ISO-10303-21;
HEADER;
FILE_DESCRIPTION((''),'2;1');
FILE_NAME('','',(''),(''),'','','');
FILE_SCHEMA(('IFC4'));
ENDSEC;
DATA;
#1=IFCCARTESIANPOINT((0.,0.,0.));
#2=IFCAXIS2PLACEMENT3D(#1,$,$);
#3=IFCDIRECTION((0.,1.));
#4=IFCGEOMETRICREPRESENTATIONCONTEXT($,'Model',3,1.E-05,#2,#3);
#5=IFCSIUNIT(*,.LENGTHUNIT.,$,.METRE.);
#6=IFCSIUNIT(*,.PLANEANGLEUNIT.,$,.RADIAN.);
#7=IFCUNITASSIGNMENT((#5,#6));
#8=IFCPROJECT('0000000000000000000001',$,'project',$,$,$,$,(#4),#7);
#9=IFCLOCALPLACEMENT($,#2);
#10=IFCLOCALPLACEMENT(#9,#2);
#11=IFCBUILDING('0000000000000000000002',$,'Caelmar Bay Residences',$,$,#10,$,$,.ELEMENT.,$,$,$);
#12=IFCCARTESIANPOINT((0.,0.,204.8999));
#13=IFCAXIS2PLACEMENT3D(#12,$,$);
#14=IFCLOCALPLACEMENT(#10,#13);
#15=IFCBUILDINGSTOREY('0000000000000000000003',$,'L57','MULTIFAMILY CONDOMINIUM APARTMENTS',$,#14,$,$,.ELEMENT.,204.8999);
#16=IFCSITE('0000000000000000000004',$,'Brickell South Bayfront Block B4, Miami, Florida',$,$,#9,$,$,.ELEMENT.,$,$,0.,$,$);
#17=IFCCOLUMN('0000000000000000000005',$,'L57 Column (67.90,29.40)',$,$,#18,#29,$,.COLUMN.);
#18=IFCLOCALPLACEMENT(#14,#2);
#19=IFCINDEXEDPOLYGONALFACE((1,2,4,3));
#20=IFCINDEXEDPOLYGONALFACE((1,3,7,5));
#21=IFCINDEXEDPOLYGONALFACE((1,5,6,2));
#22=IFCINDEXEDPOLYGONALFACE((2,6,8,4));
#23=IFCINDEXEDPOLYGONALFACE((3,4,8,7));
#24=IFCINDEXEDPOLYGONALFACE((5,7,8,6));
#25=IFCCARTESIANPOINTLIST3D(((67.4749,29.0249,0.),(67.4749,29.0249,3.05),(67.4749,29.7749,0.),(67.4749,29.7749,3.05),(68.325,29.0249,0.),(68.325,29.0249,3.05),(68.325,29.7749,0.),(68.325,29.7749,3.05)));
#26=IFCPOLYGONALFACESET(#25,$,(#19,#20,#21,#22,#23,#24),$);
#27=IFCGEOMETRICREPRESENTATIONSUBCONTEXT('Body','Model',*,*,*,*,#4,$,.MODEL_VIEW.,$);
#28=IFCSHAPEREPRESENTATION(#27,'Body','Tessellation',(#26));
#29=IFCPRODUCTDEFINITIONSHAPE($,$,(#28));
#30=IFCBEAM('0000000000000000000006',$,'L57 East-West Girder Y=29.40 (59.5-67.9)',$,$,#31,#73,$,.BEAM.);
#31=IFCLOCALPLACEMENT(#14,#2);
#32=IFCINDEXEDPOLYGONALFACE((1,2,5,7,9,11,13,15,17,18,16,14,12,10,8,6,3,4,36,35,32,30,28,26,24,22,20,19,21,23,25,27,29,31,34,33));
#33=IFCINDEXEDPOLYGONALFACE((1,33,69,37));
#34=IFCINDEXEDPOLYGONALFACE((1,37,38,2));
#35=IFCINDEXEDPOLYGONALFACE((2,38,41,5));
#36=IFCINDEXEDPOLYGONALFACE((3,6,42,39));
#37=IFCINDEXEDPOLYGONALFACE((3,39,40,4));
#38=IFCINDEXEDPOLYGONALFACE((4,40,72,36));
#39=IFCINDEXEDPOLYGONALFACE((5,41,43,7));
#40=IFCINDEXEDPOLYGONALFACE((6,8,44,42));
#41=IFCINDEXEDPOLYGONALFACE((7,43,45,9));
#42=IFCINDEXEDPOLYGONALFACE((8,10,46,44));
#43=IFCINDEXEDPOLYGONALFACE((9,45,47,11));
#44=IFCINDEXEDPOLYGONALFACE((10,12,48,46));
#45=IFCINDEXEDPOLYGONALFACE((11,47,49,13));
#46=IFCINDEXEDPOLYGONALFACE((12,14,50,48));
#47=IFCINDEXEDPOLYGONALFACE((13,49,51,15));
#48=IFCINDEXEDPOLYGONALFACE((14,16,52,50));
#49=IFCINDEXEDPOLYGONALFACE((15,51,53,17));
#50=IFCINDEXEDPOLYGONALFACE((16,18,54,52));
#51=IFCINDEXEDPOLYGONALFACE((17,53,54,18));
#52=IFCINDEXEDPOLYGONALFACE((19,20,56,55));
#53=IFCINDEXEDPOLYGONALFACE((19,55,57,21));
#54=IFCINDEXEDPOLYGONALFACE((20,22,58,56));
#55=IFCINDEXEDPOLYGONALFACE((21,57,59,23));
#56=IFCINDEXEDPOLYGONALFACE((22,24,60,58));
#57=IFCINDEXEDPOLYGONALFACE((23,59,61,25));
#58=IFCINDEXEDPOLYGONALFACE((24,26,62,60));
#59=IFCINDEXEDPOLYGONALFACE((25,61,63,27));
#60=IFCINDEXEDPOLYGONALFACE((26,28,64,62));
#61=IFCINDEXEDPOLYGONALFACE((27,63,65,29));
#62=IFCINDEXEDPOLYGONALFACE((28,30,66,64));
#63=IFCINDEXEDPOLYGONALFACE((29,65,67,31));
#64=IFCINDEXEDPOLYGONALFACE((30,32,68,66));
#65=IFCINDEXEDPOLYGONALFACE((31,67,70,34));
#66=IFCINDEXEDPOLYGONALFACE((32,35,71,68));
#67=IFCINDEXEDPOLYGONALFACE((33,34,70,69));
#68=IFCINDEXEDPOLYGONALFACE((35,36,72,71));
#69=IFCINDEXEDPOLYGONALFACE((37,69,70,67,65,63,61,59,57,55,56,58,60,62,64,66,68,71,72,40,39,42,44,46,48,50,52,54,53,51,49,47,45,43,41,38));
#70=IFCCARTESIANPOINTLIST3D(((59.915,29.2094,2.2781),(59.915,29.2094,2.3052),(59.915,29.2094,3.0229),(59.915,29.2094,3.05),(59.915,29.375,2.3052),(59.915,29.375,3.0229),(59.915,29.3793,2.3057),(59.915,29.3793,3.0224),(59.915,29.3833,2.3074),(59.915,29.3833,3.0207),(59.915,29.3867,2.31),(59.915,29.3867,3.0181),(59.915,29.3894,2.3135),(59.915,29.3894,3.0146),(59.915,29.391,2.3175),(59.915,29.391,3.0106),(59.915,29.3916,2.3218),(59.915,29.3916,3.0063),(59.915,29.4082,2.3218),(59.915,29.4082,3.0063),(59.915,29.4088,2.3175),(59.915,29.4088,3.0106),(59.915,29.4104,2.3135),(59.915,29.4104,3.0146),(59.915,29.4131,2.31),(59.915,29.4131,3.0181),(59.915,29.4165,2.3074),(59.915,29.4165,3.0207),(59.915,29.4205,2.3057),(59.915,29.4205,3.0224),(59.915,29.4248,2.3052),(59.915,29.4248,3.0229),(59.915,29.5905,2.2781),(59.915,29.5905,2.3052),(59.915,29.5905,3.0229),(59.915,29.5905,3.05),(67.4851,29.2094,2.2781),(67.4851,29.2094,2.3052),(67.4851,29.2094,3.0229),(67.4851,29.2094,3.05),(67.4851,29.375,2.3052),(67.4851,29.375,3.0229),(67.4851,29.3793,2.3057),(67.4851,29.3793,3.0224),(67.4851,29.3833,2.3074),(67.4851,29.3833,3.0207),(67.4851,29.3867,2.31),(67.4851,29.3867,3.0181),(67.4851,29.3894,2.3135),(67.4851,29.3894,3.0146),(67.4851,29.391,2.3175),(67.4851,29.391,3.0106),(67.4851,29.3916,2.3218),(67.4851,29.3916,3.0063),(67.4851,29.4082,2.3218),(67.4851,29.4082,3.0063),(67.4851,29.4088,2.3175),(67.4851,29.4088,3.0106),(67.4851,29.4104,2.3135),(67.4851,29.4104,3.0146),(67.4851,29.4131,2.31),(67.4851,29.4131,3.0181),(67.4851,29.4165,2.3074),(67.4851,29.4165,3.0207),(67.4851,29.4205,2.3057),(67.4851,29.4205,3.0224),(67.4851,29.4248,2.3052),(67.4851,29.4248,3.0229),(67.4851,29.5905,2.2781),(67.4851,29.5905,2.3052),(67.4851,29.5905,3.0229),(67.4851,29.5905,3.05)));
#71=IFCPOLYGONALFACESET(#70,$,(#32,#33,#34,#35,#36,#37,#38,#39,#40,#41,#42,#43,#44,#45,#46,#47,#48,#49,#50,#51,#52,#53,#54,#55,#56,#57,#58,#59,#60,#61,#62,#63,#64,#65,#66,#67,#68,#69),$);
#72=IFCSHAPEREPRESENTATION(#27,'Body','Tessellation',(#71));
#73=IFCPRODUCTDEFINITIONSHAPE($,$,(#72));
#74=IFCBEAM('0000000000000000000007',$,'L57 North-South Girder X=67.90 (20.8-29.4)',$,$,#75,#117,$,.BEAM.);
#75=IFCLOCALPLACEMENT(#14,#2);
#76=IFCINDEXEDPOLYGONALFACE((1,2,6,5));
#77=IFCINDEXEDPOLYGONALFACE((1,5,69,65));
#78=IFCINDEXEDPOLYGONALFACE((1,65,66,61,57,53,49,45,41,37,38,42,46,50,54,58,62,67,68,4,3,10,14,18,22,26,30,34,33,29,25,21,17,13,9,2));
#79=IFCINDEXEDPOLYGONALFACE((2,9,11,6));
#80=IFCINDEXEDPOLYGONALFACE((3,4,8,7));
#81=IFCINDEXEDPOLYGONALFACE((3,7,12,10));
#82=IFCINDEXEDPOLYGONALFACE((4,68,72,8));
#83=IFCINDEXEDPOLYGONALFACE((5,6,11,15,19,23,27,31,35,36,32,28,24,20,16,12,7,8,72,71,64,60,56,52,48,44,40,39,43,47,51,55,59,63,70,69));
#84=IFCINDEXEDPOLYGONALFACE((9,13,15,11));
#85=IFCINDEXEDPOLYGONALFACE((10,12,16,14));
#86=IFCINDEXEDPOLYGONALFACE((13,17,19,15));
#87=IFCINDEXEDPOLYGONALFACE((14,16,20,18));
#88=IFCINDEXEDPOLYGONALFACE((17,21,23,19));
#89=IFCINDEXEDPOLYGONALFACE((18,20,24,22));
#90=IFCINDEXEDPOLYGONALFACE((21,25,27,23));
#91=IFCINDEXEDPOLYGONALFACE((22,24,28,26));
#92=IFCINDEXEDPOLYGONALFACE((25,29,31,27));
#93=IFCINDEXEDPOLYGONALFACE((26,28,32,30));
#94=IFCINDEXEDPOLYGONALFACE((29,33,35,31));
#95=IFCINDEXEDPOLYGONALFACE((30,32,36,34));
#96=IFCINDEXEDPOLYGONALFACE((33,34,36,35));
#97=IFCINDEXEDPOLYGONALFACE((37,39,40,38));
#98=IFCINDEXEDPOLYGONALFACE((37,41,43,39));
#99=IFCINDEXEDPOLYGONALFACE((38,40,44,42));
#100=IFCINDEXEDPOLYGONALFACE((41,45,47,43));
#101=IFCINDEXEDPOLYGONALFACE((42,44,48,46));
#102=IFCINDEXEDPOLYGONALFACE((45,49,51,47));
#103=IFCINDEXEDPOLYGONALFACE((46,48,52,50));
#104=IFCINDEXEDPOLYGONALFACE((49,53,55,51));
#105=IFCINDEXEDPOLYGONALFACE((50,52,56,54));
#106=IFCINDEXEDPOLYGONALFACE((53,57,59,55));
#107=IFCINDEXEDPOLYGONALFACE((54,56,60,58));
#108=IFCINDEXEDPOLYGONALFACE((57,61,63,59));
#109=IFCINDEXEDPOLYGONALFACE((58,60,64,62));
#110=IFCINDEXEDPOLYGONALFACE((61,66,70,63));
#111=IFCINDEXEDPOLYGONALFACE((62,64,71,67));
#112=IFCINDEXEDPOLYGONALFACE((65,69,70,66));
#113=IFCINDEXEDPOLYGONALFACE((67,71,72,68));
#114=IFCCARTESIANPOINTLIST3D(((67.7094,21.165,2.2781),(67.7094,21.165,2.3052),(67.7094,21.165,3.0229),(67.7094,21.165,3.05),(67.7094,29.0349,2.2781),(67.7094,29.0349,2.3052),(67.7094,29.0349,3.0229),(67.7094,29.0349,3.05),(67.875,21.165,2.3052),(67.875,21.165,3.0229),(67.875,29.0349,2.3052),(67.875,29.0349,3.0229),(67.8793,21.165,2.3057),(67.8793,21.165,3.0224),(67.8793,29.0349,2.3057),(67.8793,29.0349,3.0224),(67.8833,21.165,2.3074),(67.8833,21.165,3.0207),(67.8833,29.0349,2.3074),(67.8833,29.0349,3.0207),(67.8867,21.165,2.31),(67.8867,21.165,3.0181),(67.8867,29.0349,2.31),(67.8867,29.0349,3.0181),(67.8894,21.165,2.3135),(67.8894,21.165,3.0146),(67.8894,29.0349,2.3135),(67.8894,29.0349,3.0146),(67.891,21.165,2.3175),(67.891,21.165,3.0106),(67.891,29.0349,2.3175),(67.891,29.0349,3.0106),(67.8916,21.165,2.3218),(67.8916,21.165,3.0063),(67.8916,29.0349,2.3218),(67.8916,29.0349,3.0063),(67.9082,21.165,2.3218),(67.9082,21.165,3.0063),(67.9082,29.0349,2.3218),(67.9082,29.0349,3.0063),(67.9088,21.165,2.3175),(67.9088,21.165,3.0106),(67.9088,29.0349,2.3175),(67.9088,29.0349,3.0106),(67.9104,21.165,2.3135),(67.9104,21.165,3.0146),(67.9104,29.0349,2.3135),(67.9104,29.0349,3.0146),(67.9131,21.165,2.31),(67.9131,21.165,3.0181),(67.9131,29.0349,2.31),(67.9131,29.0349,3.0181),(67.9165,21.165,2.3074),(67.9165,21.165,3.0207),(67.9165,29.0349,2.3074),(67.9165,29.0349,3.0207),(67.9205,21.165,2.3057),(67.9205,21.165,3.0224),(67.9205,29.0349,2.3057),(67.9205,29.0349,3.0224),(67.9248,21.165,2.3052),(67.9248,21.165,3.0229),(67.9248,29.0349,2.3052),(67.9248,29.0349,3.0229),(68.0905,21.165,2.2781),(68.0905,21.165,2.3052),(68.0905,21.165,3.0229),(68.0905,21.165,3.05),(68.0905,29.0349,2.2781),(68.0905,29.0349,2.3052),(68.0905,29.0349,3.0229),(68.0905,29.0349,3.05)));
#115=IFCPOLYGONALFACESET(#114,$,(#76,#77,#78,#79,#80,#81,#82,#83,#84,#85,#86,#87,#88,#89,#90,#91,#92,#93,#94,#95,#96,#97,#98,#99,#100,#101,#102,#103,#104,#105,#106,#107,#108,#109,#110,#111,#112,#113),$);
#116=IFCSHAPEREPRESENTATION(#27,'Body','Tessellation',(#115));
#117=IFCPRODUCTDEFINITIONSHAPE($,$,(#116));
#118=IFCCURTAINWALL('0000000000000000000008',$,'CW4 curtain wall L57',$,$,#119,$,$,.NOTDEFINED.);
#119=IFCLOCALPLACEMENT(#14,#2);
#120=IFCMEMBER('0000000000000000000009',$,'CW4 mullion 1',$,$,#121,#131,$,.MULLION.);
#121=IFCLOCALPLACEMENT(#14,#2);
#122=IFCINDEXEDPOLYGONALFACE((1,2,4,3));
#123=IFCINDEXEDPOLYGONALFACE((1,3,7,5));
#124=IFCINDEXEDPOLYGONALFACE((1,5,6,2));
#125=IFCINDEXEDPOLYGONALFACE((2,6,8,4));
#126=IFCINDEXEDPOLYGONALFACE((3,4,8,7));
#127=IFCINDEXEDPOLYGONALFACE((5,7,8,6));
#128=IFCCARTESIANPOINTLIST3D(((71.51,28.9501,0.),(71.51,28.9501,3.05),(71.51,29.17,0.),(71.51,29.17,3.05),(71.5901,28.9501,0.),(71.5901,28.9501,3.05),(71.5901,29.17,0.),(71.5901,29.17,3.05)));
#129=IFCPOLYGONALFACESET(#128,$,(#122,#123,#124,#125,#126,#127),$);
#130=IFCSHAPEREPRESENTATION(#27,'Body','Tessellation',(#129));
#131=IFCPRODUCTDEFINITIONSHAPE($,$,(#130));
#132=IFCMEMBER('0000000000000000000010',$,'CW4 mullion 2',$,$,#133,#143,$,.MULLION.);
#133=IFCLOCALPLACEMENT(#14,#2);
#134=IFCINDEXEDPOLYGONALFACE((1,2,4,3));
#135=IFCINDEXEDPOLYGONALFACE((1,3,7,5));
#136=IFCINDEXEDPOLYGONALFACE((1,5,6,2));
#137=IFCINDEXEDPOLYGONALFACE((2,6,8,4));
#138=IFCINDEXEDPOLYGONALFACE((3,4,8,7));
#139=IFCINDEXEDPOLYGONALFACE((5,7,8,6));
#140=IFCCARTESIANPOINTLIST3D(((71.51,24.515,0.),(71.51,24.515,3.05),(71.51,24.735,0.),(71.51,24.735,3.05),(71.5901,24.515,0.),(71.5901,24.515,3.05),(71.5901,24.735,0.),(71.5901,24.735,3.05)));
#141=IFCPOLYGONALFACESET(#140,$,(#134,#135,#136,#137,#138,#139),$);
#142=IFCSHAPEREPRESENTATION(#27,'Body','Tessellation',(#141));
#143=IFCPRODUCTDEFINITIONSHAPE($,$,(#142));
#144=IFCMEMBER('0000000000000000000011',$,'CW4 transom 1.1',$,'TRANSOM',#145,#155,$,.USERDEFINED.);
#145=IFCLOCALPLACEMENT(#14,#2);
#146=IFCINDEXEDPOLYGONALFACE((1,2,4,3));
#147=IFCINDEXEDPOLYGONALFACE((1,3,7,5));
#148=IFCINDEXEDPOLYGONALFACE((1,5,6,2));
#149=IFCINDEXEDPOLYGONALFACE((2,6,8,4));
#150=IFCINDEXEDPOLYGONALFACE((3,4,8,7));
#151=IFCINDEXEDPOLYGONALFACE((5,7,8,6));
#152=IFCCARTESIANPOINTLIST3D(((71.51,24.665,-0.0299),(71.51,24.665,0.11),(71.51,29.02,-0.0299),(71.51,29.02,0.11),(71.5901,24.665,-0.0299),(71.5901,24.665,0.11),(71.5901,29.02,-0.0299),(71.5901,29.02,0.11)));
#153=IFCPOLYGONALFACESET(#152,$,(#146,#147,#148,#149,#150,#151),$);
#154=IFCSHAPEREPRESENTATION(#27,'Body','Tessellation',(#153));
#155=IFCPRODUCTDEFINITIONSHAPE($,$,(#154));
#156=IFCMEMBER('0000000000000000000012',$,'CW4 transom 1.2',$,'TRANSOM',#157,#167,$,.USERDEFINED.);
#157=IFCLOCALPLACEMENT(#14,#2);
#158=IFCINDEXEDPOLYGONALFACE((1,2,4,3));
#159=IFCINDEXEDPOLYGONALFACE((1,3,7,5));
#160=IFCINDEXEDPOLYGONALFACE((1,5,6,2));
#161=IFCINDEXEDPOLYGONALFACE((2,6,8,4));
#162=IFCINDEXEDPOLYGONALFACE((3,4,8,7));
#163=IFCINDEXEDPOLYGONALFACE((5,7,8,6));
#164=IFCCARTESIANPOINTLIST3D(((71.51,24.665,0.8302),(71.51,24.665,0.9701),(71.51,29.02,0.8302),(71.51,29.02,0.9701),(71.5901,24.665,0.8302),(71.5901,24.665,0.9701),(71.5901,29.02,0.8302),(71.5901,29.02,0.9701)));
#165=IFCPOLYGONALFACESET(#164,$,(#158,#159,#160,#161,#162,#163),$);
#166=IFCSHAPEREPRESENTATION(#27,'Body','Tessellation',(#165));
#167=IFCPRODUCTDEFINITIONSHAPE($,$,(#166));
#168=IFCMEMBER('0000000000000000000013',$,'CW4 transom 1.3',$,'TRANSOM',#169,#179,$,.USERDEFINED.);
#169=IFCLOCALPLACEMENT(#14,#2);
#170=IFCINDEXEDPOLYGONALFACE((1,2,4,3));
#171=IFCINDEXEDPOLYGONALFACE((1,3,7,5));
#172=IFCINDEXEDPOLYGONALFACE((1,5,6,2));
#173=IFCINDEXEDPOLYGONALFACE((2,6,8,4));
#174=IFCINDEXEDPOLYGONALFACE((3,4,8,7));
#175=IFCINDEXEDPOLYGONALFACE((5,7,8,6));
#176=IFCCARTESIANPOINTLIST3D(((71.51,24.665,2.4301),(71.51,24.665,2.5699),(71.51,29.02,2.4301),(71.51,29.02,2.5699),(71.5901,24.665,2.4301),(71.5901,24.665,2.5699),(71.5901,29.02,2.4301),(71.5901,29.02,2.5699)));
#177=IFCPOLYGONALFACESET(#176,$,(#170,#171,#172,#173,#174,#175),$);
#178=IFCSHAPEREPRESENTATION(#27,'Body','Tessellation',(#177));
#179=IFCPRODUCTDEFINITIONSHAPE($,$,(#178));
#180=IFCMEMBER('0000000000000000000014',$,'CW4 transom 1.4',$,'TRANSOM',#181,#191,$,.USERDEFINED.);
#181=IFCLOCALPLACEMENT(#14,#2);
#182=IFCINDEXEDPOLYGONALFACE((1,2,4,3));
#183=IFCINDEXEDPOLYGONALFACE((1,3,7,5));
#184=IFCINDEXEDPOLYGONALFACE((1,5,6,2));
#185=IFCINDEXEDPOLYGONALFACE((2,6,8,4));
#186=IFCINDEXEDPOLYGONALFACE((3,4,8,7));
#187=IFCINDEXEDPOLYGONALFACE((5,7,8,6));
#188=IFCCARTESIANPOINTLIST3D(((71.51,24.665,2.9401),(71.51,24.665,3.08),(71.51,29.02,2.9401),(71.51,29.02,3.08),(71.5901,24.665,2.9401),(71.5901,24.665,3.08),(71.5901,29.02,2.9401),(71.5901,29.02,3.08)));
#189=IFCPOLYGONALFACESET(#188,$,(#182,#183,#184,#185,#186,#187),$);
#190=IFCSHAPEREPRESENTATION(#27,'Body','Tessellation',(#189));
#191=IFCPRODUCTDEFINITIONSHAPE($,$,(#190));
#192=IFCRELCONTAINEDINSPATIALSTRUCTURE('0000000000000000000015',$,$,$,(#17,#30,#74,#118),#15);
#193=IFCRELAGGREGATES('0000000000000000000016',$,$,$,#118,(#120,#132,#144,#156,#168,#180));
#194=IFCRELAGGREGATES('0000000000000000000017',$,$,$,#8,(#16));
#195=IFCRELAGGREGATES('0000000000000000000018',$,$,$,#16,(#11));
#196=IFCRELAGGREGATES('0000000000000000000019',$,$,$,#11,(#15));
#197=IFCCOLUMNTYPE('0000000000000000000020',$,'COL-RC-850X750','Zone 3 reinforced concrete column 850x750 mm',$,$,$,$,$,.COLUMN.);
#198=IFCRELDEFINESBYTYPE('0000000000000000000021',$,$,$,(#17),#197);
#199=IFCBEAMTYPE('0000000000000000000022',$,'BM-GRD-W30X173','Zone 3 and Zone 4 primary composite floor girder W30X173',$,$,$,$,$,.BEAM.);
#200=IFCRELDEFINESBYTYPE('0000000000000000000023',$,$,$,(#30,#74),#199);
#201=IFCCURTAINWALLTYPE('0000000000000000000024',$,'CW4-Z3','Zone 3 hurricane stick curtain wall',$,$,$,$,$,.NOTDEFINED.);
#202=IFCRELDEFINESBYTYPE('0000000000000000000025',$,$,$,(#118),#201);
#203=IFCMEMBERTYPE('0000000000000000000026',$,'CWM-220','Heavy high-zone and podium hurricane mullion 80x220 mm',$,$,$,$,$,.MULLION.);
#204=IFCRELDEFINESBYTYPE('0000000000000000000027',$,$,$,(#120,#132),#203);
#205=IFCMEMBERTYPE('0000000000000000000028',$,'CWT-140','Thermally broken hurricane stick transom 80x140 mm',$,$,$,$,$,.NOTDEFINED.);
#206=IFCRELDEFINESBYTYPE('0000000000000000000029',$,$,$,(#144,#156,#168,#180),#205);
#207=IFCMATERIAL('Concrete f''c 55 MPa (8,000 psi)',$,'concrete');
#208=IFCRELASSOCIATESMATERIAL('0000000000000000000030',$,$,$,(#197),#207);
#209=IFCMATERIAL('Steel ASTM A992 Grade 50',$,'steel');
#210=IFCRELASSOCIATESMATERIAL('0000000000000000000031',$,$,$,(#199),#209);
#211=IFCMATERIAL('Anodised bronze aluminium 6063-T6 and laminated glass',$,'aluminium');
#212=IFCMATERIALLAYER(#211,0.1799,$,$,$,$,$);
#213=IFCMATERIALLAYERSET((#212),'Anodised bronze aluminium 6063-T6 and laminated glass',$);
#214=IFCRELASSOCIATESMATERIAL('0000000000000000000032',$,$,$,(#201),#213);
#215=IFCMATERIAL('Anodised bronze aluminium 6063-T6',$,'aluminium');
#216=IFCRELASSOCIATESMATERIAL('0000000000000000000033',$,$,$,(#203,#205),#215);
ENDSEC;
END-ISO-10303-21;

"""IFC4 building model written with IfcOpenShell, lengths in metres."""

from ifc_helpers import new_model, si_unit, direction, frame, origin, origin_2d, place, context, subcontext, project, spatial, rectangle, i_section, extrude, material, layer, layer_set, material_profile, profile_set, type_object, element, aggregate, save


model = new_model("IFC4")

# Units and contexts
model_context = context("Model", 3, precision=1e-05, world=origin(), true_north=direction((0.0, 1.0)))
body_context = subcontext(model_context, "Body", "Model", "MODEL_VIEW")
ifc_project = project(units=[si_unit("LENGTHUNIT", "METRE"), si_unit("PLANEANGLEUNIT", "RADIAN")], contexts=[model_context])

# Site, building, storey
site_placement = place(None, origin())
site = spatial("IfcSite", under=ifc_project, at=site_placement, Name="Brickell South Bayfront Block B4, Miami, Florida", CompositionType="ELEMENT", RefElevation=0.0)
building_placement = place(site_placement, origin())
building = spatial("IfcBuilding", under=site, at=building_placement, Name="Caelmar Bay Residences", CompositionType="ELEMENT")
storey_placement = place(building_placement, frame((0.0, 0.0, 204.8999)))
storey = spatial("IfcBuildingStorey", under=building, at=storey_placement, Name="L57", Description="MULTIFAMILY CONDOMINIUM APARTMENTS", CompositionType="ELEMENT", Elevation=204.8999)

# Column
ifc_material_1 = material(Name="Concrete f'c 55 MPa (8,000 psi)", Category="concrete")
ifc_material_profile_1 = material_profile(ifc_material_1, rectangle(XDim=0.8501, YDim=0.75, at=origin_2d()), Name="RC-COL-850X750")
ifc_profile_set_1 = profile_set([ifc_material_profile_1], Name="Concrete f'c 55 MPa (8,000 psi)")
column_type = type_object("IfcColumnType", Name="COL-RC-850X750", Description="Zone 3 reinforced concrete column 850x750 mm", PredefinedType="COLUMN", material=ifc_profile_set_1)
column_placement = place(storey_placement, frame((67.8999, 29.3999, 0.0), z_axis=(0.0, 0.0, 1.0), x_axis=(1.0, 0.0, 0.0)))
element("IfcColumn", 1, at=column_placement, inside=storey, type_object=column_type, Name="L57 Column (67.90,29.40)", PredefinedType="COLUMN", context=body_context, shape_type="SweptSolid", body=[
    extrude(rectangle(XDim=0.8501, YDim=0.75, at=origin_2d()), origin(), (0.0, 0.0, 1.0), 3.05),
])

# Beams
ifc_material_2 = material(Name="Steel ASTM A992 Grade 50", Category="steel")
ifc_material_profile_2 = material_profile(ifc_material_2, i_section(OverallWidth=0.3811, OverallDepth=0.772, WebThickness=0.0166, FlangeThickness=0.0271, FilletRadius=0.0166, at=origin_2d()), Name="W30X173")
ifc_profile_set_2 = profile_set([ifc_material_profile_2], Name="Steel ASTM A992 Grade 50")
beam_type = type_object("IfcBeamType", Name="BM-GRD-W30X173", Description="Zone 3 and Zone 4 primary composite floor girder W30X173", PredefinedType="BEAM", material=ifc_profile_set_2)
beam_1_placement = place(storey_placement, frame((59.915, 29.3999, 2.6641), z_axis=(1.0, 0.0, 0.0), x_axis=(0.0, 1.0, 0.0)))
element("IfcBeam", 2, at=beam_1_placement, inside=storey, type_object=beam_type, Name="L57 East-West Girder Y=29.40 (59.5-67.9)", PredefinedType="BEAM", context=body_context, shape_type="SweptSolid", body=[
    extrude(i_section(OverallWidth=0.3811, OverallDepth=0.772, WebThickness=0.0166, FlangeThickness=0.0271, FilletRadius=0.0166, at=origin_2d()), origin(), (0.0, 0.0, 1.0), 7.5701),
])
beam_2_placement = place(storey_placement, frame((67.8999, 21.165, 2.6641), z_axis=(0.0, 1.0, 0.0), x_axis=(-1.0, 0.0, 0.0)))
element("IfcBeam", 3, at=beam_2_placement, inside=storey, type_object=beam_type, Name="L57 North-South Girder X=67.90 (20.8-29.4)", PredefinedType="BEAM", context=body_context, shape_type="SweptSolid", body=[
    extrude(i_section(OverallWidth=0.3811, OverallDepth=0.772, WebThickness=0.0166, FlangeThickness=0.0271, FilletRadius=0.0166, at=origin_2d()), origin(), (0.0, 0.0, 1.0), 7.8699),
])

# Curtain wall, members
ifc_material_3 = material(Name="Anodised bronze aluminium 6063-T6 and laminated glass", Category="aluminium")
ifc_layer_1 = layer(ifc_material_3, 0.1799)
ifc_layer_set_1 = layer_set([ifc_layer_1], Name="Anodised bronze aluminium 6063-T6 and laminated glass")
curtain_wall_type = type_object("IfcCurtainWallType", Name="CW4-Z3", Description="Zone 3 hurricane stick curtain wall", PredefinedType="NOTDEFINED", material=ifc_layer_set_1)
curtain_wall_placement = place(storey_placement, origin())
curtain_wall = element("IfcCurtainWall", 4, at=curtain_wall_placement, inside=storey, type_object=curtain_wall_type, Name="CW4 curtain wall L57", PredefinedType="NOTDEFINED")
ifc_material_4 = material(Name="Anodised bronze aluminium 6063-T6", Category="aluminium")
ifc_material_profile_3 = material_profile(ifc_material_4, rectangle(XDim=0.0801, YDim=0.22, at=origin_2d()), Name="CWM-80X220")
ifc_profile_set_3 = profile_set([ifc_material_profile_3], Name="Anodised bronze aluminium 6063-T6")
member_type_1 = type_object("IfcMemberType", Name="CWM-220", Description="Heavy high-zone and podium hurricane mullion 80x220 mm", PredefinedType="MULLION", material=ifc_profile_set_3)
member_1_placement = place(storey_placement, frame((71.55, 29.0601, 0.0), z_axis=(0.0, 0.0, 1.0), x_axis=(1.0, 0.0, 0.0)))
member_1 = element("IfcMember", 5, at=member_1_placement, type_object=member_type_1, Name="CW4 mullion 1", PredefinedType="MULLION", context=body_context, shape_type="SweptSolid", body=[
    extrude(rectangle(XDim=0.0801, YDim=0.22, at=origin_2d()), origin(), (0.0, 0.0, 1.0), 3.05),
])
member_2_placement = place(storey_placement, frame((71.55, 24.625, 0.0), z_axis=(0.0, 0.0, 1.0), x_axis=(1.0, 0.0, 0.0)))
member_2 = element("IfcMember", 6, at=member_2_placement, type_object=member_type_1, Name="CW4 mullion 2", PredefinedType="MULLION", context=body_context, shape_type="SweptSolid", body=[
    extrude(rectangle(XDim=0.0801, YDim=0.22, at=origin_2d()), origin(), (0.0, 0.0, 1.0), 3.05),
])
ifc_material_profile_4 = material_profile(ifc_material_4, rectangle(XDim=0.0801, YDim=0.1399, at=origin_2d()), Name="CWT-80X140")
ifc_profile_set_4 = profile_set([ifc_material_profile_4], Name="Anodised bronze aluminium 6063-T6")
member_type_2 = type_object("IfcMemberType", Name="CWT-140", Description="Thermally broken hurricane stick transom 80x140 mm", PredefinedType="NOTDEFINED", material=ifc_profile_set_4)
member_3_placement = place(storey_placement, frame((71.55, 29.02, 0.04), z_axis=(0.0, -1.0, 0.0), x_axis=(1.0, 0.0, 0.0)))
member_3 = element("IfcMember", 7, at=member_3_placement, type_object=member_type_2, Name="CW4 transom 1.1", ObjectType="TRANSOM", PredefinedType="USERDEFINED", context=body_context, shape_type="SweptSolid", body=[
    extrude(rectangle(XDim=0.0801, YDim=0.1399, at=origin_2d()), origin(), (0.0, 0.0, 1.0), 4.355),
])
member_4_placement = place(storey_placement, frame((71.55, 29.02, 0.9001), z_axis=(0.0, -1.0, 0.0), x_axis=(1.0, 0.0, 0.0)))
member_4 = element("IfcMember", 8, at=member_4_placement, type_object=member_type_2, Name="CW4 transom 1.2", ObjectType="TRANSOM", PredefinedType="USERDEFINED", context=body_context, shape_type="SweptSolid", body=[
    extrude(rectangle(XDim=0.0801, YDim=0.1399, at=origin_2d()), origin(), (0.0, 0.0, 1.0), 4.355),
])
member_5_placement = place(storey_placement, frame((71.55, 29.02, 2.5), z_axis=(0.0, -1.0, 0.0), x_axis=(1.0, 0.0, 0.0)))
member_5 = element("IfcMember", 9, at=member_5_placement, type_object=member_type_2, Name="CW4 transom 1.3", ObjectType="TRANSOM", PredefinedType="USERDEFINED", context=body_context, shape_type="SweptSolid", body=[
    extrude(rectangle(XDim=0.0801, YDim=0.1399, at=origin_2d()), origin(), (0.0, 0.0, 1.0), 4.355),
])
member_6_placement = place(storey_placement, frame((71.55, 29.02, 3.01), z_axis=(0.0, -1.0, 0.0), x_axis=(1.0, 0.0, 0.0)))
member_6 = element("IfcMember", 10, at=member_6_placement, type_object=member_type_2, Name="CW4 transom 1.4", ObjectType="TRANSOM", PredefinedType="USERDEFINED", context=body_context, shape_type="SweptSolid", body=[
    extrude(rectangle(XDim=0.0801, YDim=0.1399, at=origin_2d()), origin(), (0.0, 0.0, 1.0), 4.355),
])
aggregate(curtain_wall, [member_1, member_2, member_3, member_4, member_5, member_6])

save(model, "model.ifc")
